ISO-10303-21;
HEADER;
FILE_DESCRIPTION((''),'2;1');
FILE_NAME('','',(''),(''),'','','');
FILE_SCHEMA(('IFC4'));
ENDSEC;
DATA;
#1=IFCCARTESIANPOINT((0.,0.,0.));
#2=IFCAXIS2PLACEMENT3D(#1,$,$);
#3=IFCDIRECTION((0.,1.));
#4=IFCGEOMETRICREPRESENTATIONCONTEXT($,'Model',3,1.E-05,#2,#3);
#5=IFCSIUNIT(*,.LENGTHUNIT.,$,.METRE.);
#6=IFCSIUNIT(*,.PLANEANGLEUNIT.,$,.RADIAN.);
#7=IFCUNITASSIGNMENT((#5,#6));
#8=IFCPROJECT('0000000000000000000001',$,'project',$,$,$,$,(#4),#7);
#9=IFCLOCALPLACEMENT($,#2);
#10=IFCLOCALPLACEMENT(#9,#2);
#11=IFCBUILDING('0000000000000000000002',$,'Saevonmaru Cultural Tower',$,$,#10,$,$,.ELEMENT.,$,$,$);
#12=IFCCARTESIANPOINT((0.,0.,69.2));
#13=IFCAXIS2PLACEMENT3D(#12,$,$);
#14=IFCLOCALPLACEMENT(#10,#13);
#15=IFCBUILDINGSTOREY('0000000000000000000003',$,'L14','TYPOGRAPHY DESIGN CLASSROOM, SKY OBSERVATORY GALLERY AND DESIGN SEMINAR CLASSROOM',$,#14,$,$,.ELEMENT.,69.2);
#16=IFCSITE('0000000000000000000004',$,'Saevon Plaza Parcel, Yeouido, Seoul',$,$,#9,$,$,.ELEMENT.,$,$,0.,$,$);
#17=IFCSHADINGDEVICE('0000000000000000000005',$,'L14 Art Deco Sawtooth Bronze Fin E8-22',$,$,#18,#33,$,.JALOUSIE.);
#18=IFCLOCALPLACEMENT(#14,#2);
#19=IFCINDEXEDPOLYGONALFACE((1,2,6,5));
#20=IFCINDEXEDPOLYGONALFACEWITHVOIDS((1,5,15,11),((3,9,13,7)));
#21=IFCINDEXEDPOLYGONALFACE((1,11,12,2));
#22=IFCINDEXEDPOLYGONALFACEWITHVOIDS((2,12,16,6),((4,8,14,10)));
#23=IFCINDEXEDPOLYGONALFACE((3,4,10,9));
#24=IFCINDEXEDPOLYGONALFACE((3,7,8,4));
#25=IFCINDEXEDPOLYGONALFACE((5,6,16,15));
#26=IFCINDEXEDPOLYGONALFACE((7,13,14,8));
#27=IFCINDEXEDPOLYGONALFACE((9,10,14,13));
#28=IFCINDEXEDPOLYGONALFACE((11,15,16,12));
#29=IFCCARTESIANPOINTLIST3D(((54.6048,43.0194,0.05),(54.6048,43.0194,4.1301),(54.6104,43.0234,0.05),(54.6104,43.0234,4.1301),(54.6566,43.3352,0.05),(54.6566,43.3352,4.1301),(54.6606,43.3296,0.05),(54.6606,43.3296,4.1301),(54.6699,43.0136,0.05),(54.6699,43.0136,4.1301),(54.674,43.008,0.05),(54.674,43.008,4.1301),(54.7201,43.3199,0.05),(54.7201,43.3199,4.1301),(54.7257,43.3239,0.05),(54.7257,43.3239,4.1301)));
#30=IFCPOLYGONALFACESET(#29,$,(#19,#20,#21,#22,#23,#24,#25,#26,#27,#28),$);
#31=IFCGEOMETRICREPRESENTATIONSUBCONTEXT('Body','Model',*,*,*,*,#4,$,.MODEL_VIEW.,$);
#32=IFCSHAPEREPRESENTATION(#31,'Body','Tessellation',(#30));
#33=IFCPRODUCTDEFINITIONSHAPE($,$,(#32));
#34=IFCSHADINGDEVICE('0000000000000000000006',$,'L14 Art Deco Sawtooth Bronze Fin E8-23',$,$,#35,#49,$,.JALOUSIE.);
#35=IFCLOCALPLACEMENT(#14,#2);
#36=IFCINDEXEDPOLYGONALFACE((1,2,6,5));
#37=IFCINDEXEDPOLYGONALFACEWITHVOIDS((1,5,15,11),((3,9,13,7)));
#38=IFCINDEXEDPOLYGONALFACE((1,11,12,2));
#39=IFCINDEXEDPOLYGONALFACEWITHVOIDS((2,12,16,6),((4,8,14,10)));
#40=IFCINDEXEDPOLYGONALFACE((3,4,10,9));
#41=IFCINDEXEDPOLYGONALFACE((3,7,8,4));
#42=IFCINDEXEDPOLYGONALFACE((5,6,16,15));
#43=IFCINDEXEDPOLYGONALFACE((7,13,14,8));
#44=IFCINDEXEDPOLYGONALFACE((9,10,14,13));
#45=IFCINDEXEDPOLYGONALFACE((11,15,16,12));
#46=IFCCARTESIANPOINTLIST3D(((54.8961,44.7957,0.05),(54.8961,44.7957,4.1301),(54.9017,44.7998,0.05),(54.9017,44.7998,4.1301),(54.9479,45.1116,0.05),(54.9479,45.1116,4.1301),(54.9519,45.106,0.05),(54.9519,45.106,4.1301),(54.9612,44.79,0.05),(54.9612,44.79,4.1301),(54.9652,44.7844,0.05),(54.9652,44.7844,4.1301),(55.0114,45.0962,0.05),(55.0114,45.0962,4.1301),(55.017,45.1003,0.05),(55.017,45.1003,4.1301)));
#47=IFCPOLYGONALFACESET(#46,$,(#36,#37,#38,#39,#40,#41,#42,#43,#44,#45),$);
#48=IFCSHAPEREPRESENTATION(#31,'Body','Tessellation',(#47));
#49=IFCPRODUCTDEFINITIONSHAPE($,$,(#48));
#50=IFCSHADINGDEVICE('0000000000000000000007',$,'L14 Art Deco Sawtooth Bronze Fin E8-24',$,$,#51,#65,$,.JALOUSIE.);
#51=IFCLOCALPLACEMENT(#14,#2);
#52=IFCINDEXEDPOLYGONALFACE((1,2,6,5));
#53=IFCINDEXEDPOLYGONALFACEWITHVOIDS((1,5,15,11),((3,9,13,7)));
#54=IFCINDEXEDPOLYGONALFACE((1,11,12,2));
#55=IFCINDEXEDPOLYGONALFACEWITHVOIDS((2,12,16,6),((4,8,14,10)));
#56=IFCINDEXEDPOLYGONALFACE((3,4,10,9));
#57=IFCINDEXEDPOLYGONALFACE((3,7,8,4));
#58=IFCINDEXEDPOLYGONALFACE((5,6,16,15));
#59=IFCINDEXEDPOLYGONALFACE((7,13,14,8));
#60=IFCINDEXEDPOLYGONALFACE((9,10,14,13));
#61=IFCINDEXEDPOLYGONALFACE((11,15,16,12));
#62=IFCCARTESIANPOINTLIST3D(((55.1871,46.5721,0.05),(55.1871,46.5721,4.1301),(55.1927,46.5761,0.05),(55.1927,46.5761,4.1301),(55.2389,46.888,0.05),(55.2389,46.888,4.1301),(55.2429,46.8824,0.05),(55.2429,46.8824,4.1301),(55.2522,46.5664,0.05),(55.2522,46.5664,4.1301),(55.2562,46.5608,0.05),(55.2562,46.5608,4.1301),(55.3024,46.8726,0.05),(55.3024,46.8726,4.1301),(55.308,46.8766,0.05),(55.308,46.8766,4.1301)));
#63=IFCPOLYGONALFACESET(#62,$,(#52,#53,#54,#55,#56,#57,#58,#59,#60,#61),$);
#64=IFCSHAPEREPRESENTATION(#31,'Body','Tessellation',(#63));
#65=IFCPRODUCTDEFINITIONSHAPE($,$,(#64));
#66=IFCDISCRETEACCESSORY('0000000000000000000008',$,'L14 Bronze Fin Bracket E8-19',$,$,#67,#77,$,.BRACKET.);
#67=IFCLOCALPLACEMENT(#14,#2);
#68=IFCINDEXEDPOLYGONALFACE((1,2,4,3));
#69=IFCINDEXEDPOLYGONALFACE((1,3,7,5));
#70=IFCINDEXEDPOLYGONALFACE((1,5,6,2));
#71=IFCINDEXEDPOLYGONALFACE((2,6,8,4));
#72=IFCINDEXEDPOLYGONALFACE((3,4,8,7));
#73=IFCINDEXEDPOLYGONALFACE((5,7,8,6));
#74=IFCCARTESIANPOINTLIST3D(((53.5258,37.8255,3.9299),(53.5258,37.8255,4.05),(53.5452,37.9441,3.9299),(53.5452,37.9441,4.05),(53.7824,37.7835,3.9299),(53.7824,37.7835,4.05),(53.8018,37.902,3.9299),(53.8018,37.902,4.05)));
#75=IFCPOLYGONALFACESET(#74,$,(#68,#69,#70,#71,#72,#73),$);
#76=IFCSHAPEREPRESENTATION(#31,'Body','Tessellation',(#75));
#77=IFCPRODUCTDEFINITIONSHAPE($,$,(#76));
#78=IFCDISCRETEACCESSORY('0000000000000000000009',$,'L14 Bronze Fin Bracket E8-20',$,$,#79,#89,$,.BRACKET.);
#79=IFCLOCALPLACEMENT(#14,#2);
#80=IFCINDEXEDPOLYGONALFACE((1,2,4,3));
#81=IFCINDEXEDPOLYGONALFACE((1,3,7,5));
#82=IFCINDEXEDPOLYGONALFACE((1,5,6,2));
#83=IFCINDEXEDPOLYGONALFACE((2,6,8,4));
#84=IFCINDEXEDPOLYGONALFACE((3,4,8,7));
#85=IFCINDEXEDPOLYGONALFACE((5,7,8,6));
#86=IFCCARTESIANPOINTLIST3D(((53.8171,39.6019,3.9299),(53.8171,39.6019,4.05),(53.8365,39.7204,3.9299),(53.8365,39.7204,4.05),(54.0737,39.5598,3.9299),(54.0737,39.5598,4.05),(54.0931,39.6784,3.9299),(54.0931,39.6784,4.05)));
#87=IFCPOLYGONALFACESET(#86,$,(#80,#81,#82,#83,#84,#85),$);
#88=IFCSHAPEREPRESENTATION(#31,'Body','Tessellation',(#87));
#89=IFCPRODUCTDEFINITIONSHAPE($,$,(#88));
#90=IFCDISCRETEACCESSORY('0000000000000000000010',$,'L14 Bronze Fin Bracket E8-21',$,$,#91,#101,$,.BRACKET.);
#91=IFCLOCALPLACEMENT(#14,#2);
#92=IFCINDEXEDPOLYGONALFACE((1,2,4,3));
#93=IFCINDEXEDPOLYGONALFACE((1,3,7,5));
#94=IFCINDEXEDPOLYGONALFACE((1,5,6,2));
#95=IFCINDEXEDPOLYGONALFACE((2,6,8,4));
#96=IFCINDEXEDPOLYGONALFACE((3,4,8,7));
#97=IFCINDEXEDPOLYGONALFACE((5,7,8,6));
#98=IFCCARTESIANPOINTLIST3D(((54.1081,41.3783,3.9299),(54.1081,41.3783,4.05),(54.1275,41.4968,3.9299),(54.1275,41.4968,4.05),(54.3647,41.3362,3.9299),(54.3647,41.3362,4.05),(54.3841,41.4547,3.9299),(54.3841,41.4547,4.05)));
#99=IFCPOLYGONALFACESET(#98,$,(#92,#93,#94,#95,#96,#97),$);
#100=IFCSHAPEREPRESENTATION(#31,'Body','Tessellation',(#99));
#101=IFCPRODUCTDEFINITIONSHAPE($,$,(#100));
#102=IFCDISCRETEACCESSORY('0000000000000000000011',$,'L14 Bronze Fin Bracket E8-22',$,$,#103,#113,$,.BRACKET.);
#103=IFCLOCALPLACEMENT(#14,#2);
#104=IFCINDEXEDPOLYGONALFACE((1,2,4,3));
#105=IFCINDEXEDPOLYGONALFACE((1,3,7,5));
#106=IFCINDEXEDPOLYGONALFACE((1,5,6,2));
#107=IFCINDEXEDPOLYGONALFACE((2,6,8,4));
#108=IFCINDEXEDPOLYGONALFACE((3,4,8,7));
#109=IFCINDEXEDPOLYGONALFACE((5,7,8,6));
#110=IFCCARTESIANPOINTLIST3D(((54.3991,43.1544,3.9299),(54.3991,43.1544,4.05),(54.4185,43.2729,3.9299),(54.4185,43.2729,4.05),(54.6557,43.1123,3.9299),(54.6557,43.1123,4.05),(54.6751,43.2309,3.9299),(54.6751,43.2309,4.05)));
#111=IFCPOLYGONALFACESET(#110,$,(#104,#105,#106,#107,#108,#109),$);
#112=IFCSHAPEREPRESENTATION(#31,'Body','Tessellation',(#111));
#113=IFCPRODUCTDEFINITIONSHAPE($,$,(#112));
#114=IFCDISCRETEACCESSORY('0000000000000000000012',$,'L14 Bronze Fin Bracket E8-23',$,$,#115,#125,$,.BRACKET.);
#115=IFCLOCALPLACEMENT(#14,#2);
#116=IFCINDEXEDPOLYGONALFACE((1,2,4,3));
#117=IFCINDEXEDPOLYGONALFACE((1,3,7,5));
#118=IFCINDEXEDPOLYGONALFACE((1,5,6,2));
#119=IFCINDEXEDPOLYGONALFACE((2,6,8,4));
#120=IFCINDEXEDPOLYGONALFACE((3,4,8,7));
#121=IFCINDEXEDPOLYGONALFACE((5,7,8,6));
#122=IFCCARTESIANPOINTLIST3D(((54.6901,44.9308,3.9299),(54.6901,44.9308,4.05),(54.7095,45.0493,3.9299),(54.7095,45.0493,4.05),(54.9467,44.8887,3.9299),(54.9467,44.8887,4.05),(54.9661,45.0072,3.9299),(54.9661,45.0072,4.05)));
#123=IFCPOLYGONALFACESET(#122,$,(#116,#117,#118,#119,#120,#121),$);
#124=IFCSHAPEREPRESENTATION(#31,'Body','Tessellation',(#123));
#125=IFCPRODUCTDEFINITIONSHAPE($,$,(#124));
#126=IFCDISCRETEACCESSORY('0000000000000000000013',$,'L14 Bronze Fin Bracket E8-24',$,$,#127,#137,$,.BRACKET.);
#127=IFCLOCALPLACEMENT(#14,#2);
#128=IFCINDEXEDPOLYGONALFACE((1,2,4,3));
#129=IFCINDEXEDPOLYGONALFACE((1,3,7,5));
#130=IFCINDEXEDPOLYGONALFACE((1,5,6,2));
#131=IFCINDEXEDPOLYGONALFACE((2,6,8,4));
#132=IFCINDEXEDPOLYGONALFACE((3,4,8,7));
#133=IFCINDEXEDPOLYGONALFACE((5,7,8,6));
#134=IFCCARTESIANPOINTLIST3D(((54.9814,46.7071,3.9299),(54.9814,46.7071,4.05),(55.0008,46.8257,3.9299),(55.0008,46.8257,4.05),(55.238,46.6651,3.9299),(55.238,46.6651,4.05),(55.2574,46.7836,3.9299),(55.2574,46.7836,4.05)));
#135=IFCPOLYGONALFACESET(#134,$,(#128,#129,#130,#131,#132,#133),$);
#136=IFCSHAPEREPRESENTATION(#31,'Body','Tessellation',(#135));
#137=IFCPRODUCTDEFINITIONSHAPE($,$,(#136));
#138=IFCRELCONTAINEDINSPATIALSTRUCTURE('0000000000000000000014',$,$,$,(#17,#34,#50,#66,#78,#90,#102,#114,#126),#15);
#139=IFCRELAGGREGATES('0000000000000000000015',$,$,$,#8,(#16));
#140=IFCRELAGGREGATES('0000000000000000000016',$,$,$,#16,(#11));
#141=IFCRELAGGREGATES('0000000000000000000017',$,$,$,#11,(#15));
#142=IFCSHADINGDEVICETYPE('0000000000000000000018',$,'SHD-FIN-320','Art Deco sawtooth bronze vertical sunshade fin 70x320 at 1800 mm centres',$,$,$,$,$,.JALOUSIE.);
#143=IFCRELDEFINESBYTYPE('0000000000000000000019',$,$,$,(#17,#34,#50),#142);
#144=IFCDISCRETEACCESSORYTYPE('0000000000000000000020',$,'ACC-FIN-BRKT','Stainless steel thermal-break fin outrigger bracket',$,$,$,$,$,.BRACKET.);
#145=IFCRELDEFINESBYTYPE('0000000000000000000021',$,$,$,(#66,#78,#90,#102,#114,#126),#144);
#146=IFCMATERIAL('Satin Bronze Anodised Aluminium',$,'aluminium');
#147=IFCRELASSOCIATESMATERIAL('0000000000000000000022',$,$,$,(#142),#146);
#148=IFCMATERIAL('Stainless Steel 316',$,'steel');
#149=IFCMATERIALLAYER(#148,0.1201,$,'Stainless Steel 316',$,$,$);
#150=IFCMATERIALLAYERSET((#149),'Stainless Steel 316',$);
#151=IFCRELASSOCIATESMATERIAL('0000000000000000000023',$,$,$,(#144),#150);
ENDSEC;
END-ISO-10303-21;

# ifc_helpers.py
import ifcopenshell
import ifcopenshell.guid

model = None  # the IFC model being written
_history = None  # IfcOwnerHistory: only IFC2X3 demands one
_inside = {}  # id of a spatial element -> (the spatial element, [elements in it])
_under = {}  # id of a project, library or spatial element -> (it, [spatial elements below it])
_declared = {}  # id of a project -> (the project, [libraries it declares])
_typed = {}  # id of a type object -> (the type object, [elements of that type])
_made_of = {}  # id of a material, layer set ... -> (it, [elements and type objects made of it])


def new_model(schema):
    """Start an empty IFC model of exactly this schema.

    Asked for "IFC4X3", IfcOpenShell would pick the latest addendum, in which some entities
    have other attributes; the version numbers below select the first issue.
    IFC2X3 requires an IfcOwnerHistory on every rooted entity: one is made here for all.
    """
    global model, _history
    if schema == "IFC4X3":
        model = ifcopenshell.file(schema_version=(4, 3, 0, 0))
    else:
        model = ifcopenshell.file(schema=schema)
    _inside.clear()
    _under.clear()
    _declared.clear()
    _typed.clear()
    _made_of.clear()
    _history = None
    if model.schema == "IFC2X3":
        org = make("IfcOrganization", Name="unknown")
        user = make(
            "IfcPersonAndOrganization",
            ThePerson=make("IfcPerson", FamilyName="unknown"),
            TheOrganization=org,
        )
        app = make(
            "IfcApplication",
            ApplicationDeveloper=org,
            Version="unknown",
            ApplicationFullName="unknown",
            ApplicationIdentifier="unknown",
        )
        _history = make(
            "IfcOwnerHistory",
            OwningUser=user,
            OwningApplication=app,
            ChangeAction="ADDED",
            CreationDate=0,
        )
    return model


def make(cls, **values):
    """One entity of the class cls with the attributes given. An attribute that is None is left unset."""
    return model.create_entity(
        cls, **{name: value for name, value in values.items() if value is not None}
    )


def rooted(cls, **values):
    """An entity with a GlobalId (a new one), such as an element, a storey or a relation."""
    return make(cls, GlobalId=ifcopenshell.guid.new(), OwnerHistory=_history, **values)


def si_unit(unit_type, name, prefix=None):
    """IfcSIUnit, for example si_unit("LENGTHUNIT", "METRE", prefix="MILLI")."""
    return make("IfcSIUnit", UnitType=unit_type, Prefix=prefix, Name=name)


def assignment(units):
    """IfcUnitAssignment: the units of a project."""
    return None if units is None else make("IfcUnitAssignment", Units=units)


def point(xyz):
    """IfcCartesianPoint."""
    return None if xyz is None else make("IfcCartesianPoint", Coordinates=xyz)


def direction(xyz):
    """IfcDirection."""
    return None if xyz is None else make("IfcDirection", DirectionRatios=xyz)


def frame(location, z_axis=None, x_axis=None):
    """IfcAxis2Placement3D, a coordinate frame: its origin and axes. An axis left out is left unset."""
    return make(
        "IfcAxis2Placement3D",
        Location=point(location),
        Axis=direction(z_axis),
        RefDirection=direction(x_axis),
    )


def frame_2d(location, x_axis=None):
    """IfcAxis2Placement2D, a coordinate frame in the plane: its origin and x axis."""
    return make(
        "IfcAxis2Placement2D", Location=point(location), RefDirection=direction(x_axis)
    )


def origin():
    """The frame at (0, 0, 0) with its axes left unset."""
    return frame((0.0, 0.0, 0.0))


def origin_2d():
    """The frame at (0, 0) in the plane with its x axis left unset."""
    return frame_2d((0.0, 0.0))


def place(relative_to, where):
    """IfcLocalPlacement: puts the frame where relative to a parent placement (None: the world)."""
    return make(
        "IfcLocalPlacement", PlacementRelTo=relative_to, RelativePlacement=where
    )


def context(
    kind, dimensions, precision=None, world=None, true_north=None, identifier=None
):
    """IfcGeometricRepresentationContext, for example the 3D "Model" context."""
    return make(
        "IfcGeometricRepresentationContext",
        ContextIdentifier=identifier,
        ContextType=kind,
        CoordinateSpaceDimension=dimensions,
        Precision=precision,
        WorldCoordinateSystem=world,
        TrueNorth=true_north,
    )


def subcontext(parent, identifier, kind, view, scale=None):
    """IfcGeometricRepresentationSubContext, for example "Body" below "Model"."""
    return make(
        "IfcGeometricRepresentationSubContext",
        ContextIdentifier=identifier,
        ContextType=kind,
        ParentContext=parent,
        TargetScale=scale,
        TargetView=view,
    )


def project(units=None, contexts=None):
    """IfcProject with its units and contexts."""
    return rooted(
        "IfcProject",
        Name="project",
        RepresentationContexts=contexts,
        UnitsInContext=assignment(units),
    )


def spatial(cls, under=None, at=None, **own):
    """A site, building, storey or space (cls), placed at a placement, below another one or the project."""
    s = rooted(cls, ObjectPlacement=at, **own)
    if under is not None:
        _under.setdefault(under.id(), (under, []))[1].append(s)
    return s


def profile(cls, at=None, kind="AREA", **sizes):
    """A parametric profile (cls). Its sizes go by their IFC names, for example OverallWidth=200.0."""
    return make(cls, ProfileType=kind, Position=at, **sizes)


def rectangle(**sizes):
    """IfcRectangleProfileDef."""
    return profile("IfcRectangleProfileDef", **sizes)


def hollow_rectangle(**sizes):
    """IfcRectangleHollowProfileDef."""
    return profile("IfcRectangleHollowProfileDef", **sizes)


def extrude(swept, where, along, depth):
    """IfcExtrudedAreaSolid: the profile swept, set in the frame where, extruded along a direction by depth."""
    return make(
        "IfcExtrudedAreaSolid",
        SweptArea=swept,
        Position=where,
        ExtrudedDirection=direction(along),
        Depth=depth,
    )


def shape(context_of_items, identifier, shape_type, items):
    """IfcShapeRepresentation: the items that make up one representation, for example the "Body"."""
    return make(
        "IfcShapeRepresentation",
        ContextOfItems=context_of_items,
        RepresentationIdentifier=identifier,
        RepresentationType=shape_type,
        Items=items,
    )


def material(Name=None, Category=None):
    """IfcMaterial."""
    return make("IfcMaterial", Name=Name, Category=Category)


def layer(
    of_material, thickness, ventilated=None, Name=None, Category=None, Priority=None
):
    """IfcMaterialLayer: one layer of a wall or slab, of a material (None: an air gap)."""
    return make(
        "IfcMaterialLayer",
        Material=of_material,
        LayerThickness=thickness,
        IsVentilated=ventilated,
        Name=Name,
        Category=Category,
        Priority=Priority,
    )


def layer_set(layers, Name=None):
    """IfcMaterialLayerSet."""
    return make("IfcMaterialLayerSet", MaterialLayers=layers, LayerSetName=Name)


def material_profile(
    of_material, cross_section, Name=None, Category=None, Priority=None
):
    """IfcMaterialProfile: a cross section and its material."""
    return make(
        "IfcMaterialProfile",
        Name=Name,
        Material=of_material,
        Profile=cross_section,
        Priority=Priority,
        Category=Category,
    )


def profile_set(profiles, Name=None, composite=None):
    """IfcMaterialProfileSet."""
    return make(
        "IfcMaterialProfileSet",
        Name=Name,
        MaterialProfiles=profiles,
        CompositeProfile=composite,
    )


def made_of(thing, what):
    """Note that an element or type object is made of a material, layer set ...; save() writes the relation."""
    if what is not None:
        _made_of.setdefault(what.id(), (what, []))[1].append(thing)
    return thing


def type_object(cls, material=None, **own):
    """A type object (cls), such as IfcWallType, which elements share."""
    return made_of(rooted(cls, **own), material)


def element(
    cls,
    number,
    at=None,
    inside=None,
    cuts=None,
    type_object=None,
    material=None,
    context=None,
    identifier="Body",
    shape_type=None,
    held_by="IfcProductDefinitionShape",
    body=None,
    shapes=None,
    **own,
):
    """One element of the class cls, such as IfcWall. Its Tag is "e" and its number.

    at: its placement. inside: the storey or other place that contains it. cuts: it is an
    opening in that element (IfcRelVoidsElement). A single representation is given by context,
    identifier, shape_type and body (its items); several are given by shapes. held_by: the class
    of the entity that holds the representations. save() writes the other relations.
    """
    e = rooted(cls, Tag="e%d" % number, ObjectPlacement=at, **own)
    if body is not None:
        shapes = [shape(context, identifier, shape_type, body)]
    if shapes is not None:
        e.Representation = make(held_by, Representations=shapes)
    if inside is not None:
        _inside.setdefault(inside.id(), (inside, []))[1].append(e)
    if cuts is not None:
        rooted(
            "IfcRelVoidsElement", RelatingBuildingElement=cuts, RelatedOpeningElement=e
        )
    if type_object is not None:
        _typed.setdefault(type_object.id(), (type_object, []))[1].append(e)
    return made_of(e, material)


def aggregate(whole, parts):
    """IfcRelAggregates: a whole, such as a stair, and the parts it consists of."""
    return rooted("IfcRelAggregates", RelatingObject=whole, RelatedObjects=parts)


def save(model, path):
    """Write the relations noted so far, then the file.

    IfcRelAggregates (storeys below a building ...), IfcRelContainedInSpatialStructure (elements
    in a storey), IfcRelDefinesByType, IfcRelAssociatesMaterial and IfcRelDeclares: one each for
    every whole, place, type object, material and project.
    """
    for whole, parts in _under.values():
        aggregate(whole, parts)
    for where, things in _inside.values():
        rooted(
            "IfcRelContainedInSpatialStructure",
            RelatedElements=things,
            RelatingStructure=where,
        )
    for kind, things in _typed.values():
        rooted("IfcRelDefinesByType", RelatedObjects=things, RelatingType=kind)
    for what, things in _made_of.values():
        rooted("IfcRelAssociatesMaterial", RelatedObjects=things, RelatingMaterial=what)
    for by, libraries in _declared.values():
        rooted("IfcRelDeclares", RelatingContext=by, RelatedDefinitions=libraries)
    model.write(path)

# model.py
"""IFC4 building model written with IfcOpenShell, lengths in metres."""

from ifc_helpers import new_model, si_unit, direction, frame, origin, origin_2d, place, context, subcontext, project, spatial, rectangle, hollow_rectangle, extrude, material, layer, layer_set, material_profile, profile_set, type_object, element, save


model = new_model("IFC4")

# Units and contexts
model_context = context("Model", 3, precision=1e-05, world=origin(), true_north=direction((0.0, 1.0)))
body_context = subcontext(model_context, "Body", "Model", "MODEL_VIEW")
ifc_project = project(units=[si_unit("LENGTHUNIT", "METRE"), si_unit("PLANEANGLEUNIT", "RADIAN")], contexts=[model_context])

# Site, building, storey
site_placement = place(None, origin())
site = spatial("IfcSite", under=ifc_project, at=site_placement, Name="Saevon Plaza Parcel, Yeouido, Seoul", CompositionType="ELEMENT", RefElevation=0.0)
building_placement = place(site_placement, origin())
building = spatial("IfcBuilding", under=site, at=building_placement, Name="Saevonmaru Cultural Tower", CompositionType="ELEMENT")
storey_placement = place(building_placement, frame((0.0, 0.0, 69.2)))
storey = spatial("IfcBuildingStorey", under=building, at=storey_placement, Name="L14", Description="TYPOGRAPHY DESIGN CLASSROOM, SKY OBSERVATORY GALLERY AND DESIGN SEMINAR CLASSROOM", CompositionType="ELEMENT", Elevation=69.2)

# Shared definitions
ifc_material_1 = material(Name="Satin Bronze Anodised Aluminium", Category="aluminium")

# Shading devices
ifc_material_profile_1 = material_profile(ifc_material_1, hollow_rectangle(XDim=0.0701, YDim=0.3201, WallThickness=0.0049, at=origin_2d()), Name="FIN-320x70")
ifc_profile_set_1 = profile_set([ifc_material_profile_1], Name="Satin Bronze Anodised Aluminium")
shading_device_type = type_object("IfcShadingDeviceType", Name="SHD-FIN-320", Description="Art Deco sawtooth bronze vertical sunshade fin 70x320 at 1800 mm centres", PredefinedType="JALOUSIE", material=ifc_profile_set_1)
for number, where, z_axis, x_axis, name in (
    (1, (54.6653, 43.1716, 0.05), (0.0, 0.0, 1.0), (0.986827, -0.161776, 0.0), "L14 Art Deco Sawtooth Bronze Fin E8-22"),
    (2, (54.9565, 44.948, 0.05), (0.0, 0.0, 1.0), (0.986827, -0.161776, 0.0), "L14 Art Deco Sawtooth Bronze Fin E8-23"),
    (3, (55.2476, 46.7244, 0.05), (0.0, 0.0, 1.0), (0.986827, -0.161776, 0.0), "L14 Art Deco Sawtooth Bronze Fin E8-24"),
):
    element("IfcShadingDevice", number, at=place(storey_placement, frame(where, z_axis=z_axis, x_axis=x_axis)), inside=storey, type_object=shading_device_type, Name=name, PredefinedType="JALOUSIE", context=body_context, shape_type="SweptSolid", body=[
        extrude(hollow_rectangle(XDim=0.0701, YDim=0.3201, WallThickness=0.0049, at=origin_2d()), origin(), (0.0, 0.0, 1.0), 4.0801),
    ])

# Discrete accessories
ifc_material_2 = material(Name="Stainless Steel 316", Category="steel")
ifc_layer_1 = layer(ifc_material_2, 0.1201, Name="Stainless Steel 316")
ifc_layer_set_1 = layer_set([ifc_layer_1], Name="Stainless Steel 316")
discrete_accessory_type = type_object("IfcDiscreteAccessoryType", Name="ACC-FIN-BRKT", Description="Stainless steel thermal-break fin outrigger bracket", PredefinedType="BRACKET", material=ifc_layer_set_1)
for number, where, z_axis, x_axis, name in (
    (4, (53.6638, 37.8638, 3.9299), (0.0, 0.0, 1.0), (0.986827, -0.161776, 0.0), "L14 Bronze Fin Bracket E8-19"),
    (5, (53.9551, 39.6401, 3.9299), (0.0, 0.0, 1.0), (0.986827, -0.161776, 0.0), "L14 Bronze Fin Bracket E8-20"),
    (6, (54.2461, 41.4165, 3.9299), (0.0, 0.0, 1.0), (0.986827, -0.161776, 0.0), "L14 Bronze Fin Bracket E8-21"),
    (7, (54.5371, 43.1926, 3.9299), (0.0, 0.0, 1.0), (0.986827, -0.161776, 0.0), "L14 Bronze Fin Bracket E8-22"),
    (8, (54.8281, 44.969, 3.9299), (0.0, 0.0, 1.0), (0.986827, -0.161776, 0.0), "L14 Bronze Fin Bracket E8-23"),
    (9, (55.1194, 46.7454, 3.9299), (0.0, 0.0, 1.0), (0.986827, -0.161776, 0.0), "L14 Bronze Fin Bracket E8-24"),
):
    element("IfcDiscreteAccessory", number, at=place(storey_placement, frame(where, z_axis=z_axis, x_axis=x_axis)), inside=storey, type_object=discrete_accessory_type, Name=name, PredefinedType="BRACKET", context=body_context, shape_type="SweptSolid", body=[
        extrude(rectangle(XDim=0.26, YDim=0.1201, at=origin_2d()), origin(), (0.0, 0.0, 1.0), 0.1201),
    ])

save(model, "model.ifc")
